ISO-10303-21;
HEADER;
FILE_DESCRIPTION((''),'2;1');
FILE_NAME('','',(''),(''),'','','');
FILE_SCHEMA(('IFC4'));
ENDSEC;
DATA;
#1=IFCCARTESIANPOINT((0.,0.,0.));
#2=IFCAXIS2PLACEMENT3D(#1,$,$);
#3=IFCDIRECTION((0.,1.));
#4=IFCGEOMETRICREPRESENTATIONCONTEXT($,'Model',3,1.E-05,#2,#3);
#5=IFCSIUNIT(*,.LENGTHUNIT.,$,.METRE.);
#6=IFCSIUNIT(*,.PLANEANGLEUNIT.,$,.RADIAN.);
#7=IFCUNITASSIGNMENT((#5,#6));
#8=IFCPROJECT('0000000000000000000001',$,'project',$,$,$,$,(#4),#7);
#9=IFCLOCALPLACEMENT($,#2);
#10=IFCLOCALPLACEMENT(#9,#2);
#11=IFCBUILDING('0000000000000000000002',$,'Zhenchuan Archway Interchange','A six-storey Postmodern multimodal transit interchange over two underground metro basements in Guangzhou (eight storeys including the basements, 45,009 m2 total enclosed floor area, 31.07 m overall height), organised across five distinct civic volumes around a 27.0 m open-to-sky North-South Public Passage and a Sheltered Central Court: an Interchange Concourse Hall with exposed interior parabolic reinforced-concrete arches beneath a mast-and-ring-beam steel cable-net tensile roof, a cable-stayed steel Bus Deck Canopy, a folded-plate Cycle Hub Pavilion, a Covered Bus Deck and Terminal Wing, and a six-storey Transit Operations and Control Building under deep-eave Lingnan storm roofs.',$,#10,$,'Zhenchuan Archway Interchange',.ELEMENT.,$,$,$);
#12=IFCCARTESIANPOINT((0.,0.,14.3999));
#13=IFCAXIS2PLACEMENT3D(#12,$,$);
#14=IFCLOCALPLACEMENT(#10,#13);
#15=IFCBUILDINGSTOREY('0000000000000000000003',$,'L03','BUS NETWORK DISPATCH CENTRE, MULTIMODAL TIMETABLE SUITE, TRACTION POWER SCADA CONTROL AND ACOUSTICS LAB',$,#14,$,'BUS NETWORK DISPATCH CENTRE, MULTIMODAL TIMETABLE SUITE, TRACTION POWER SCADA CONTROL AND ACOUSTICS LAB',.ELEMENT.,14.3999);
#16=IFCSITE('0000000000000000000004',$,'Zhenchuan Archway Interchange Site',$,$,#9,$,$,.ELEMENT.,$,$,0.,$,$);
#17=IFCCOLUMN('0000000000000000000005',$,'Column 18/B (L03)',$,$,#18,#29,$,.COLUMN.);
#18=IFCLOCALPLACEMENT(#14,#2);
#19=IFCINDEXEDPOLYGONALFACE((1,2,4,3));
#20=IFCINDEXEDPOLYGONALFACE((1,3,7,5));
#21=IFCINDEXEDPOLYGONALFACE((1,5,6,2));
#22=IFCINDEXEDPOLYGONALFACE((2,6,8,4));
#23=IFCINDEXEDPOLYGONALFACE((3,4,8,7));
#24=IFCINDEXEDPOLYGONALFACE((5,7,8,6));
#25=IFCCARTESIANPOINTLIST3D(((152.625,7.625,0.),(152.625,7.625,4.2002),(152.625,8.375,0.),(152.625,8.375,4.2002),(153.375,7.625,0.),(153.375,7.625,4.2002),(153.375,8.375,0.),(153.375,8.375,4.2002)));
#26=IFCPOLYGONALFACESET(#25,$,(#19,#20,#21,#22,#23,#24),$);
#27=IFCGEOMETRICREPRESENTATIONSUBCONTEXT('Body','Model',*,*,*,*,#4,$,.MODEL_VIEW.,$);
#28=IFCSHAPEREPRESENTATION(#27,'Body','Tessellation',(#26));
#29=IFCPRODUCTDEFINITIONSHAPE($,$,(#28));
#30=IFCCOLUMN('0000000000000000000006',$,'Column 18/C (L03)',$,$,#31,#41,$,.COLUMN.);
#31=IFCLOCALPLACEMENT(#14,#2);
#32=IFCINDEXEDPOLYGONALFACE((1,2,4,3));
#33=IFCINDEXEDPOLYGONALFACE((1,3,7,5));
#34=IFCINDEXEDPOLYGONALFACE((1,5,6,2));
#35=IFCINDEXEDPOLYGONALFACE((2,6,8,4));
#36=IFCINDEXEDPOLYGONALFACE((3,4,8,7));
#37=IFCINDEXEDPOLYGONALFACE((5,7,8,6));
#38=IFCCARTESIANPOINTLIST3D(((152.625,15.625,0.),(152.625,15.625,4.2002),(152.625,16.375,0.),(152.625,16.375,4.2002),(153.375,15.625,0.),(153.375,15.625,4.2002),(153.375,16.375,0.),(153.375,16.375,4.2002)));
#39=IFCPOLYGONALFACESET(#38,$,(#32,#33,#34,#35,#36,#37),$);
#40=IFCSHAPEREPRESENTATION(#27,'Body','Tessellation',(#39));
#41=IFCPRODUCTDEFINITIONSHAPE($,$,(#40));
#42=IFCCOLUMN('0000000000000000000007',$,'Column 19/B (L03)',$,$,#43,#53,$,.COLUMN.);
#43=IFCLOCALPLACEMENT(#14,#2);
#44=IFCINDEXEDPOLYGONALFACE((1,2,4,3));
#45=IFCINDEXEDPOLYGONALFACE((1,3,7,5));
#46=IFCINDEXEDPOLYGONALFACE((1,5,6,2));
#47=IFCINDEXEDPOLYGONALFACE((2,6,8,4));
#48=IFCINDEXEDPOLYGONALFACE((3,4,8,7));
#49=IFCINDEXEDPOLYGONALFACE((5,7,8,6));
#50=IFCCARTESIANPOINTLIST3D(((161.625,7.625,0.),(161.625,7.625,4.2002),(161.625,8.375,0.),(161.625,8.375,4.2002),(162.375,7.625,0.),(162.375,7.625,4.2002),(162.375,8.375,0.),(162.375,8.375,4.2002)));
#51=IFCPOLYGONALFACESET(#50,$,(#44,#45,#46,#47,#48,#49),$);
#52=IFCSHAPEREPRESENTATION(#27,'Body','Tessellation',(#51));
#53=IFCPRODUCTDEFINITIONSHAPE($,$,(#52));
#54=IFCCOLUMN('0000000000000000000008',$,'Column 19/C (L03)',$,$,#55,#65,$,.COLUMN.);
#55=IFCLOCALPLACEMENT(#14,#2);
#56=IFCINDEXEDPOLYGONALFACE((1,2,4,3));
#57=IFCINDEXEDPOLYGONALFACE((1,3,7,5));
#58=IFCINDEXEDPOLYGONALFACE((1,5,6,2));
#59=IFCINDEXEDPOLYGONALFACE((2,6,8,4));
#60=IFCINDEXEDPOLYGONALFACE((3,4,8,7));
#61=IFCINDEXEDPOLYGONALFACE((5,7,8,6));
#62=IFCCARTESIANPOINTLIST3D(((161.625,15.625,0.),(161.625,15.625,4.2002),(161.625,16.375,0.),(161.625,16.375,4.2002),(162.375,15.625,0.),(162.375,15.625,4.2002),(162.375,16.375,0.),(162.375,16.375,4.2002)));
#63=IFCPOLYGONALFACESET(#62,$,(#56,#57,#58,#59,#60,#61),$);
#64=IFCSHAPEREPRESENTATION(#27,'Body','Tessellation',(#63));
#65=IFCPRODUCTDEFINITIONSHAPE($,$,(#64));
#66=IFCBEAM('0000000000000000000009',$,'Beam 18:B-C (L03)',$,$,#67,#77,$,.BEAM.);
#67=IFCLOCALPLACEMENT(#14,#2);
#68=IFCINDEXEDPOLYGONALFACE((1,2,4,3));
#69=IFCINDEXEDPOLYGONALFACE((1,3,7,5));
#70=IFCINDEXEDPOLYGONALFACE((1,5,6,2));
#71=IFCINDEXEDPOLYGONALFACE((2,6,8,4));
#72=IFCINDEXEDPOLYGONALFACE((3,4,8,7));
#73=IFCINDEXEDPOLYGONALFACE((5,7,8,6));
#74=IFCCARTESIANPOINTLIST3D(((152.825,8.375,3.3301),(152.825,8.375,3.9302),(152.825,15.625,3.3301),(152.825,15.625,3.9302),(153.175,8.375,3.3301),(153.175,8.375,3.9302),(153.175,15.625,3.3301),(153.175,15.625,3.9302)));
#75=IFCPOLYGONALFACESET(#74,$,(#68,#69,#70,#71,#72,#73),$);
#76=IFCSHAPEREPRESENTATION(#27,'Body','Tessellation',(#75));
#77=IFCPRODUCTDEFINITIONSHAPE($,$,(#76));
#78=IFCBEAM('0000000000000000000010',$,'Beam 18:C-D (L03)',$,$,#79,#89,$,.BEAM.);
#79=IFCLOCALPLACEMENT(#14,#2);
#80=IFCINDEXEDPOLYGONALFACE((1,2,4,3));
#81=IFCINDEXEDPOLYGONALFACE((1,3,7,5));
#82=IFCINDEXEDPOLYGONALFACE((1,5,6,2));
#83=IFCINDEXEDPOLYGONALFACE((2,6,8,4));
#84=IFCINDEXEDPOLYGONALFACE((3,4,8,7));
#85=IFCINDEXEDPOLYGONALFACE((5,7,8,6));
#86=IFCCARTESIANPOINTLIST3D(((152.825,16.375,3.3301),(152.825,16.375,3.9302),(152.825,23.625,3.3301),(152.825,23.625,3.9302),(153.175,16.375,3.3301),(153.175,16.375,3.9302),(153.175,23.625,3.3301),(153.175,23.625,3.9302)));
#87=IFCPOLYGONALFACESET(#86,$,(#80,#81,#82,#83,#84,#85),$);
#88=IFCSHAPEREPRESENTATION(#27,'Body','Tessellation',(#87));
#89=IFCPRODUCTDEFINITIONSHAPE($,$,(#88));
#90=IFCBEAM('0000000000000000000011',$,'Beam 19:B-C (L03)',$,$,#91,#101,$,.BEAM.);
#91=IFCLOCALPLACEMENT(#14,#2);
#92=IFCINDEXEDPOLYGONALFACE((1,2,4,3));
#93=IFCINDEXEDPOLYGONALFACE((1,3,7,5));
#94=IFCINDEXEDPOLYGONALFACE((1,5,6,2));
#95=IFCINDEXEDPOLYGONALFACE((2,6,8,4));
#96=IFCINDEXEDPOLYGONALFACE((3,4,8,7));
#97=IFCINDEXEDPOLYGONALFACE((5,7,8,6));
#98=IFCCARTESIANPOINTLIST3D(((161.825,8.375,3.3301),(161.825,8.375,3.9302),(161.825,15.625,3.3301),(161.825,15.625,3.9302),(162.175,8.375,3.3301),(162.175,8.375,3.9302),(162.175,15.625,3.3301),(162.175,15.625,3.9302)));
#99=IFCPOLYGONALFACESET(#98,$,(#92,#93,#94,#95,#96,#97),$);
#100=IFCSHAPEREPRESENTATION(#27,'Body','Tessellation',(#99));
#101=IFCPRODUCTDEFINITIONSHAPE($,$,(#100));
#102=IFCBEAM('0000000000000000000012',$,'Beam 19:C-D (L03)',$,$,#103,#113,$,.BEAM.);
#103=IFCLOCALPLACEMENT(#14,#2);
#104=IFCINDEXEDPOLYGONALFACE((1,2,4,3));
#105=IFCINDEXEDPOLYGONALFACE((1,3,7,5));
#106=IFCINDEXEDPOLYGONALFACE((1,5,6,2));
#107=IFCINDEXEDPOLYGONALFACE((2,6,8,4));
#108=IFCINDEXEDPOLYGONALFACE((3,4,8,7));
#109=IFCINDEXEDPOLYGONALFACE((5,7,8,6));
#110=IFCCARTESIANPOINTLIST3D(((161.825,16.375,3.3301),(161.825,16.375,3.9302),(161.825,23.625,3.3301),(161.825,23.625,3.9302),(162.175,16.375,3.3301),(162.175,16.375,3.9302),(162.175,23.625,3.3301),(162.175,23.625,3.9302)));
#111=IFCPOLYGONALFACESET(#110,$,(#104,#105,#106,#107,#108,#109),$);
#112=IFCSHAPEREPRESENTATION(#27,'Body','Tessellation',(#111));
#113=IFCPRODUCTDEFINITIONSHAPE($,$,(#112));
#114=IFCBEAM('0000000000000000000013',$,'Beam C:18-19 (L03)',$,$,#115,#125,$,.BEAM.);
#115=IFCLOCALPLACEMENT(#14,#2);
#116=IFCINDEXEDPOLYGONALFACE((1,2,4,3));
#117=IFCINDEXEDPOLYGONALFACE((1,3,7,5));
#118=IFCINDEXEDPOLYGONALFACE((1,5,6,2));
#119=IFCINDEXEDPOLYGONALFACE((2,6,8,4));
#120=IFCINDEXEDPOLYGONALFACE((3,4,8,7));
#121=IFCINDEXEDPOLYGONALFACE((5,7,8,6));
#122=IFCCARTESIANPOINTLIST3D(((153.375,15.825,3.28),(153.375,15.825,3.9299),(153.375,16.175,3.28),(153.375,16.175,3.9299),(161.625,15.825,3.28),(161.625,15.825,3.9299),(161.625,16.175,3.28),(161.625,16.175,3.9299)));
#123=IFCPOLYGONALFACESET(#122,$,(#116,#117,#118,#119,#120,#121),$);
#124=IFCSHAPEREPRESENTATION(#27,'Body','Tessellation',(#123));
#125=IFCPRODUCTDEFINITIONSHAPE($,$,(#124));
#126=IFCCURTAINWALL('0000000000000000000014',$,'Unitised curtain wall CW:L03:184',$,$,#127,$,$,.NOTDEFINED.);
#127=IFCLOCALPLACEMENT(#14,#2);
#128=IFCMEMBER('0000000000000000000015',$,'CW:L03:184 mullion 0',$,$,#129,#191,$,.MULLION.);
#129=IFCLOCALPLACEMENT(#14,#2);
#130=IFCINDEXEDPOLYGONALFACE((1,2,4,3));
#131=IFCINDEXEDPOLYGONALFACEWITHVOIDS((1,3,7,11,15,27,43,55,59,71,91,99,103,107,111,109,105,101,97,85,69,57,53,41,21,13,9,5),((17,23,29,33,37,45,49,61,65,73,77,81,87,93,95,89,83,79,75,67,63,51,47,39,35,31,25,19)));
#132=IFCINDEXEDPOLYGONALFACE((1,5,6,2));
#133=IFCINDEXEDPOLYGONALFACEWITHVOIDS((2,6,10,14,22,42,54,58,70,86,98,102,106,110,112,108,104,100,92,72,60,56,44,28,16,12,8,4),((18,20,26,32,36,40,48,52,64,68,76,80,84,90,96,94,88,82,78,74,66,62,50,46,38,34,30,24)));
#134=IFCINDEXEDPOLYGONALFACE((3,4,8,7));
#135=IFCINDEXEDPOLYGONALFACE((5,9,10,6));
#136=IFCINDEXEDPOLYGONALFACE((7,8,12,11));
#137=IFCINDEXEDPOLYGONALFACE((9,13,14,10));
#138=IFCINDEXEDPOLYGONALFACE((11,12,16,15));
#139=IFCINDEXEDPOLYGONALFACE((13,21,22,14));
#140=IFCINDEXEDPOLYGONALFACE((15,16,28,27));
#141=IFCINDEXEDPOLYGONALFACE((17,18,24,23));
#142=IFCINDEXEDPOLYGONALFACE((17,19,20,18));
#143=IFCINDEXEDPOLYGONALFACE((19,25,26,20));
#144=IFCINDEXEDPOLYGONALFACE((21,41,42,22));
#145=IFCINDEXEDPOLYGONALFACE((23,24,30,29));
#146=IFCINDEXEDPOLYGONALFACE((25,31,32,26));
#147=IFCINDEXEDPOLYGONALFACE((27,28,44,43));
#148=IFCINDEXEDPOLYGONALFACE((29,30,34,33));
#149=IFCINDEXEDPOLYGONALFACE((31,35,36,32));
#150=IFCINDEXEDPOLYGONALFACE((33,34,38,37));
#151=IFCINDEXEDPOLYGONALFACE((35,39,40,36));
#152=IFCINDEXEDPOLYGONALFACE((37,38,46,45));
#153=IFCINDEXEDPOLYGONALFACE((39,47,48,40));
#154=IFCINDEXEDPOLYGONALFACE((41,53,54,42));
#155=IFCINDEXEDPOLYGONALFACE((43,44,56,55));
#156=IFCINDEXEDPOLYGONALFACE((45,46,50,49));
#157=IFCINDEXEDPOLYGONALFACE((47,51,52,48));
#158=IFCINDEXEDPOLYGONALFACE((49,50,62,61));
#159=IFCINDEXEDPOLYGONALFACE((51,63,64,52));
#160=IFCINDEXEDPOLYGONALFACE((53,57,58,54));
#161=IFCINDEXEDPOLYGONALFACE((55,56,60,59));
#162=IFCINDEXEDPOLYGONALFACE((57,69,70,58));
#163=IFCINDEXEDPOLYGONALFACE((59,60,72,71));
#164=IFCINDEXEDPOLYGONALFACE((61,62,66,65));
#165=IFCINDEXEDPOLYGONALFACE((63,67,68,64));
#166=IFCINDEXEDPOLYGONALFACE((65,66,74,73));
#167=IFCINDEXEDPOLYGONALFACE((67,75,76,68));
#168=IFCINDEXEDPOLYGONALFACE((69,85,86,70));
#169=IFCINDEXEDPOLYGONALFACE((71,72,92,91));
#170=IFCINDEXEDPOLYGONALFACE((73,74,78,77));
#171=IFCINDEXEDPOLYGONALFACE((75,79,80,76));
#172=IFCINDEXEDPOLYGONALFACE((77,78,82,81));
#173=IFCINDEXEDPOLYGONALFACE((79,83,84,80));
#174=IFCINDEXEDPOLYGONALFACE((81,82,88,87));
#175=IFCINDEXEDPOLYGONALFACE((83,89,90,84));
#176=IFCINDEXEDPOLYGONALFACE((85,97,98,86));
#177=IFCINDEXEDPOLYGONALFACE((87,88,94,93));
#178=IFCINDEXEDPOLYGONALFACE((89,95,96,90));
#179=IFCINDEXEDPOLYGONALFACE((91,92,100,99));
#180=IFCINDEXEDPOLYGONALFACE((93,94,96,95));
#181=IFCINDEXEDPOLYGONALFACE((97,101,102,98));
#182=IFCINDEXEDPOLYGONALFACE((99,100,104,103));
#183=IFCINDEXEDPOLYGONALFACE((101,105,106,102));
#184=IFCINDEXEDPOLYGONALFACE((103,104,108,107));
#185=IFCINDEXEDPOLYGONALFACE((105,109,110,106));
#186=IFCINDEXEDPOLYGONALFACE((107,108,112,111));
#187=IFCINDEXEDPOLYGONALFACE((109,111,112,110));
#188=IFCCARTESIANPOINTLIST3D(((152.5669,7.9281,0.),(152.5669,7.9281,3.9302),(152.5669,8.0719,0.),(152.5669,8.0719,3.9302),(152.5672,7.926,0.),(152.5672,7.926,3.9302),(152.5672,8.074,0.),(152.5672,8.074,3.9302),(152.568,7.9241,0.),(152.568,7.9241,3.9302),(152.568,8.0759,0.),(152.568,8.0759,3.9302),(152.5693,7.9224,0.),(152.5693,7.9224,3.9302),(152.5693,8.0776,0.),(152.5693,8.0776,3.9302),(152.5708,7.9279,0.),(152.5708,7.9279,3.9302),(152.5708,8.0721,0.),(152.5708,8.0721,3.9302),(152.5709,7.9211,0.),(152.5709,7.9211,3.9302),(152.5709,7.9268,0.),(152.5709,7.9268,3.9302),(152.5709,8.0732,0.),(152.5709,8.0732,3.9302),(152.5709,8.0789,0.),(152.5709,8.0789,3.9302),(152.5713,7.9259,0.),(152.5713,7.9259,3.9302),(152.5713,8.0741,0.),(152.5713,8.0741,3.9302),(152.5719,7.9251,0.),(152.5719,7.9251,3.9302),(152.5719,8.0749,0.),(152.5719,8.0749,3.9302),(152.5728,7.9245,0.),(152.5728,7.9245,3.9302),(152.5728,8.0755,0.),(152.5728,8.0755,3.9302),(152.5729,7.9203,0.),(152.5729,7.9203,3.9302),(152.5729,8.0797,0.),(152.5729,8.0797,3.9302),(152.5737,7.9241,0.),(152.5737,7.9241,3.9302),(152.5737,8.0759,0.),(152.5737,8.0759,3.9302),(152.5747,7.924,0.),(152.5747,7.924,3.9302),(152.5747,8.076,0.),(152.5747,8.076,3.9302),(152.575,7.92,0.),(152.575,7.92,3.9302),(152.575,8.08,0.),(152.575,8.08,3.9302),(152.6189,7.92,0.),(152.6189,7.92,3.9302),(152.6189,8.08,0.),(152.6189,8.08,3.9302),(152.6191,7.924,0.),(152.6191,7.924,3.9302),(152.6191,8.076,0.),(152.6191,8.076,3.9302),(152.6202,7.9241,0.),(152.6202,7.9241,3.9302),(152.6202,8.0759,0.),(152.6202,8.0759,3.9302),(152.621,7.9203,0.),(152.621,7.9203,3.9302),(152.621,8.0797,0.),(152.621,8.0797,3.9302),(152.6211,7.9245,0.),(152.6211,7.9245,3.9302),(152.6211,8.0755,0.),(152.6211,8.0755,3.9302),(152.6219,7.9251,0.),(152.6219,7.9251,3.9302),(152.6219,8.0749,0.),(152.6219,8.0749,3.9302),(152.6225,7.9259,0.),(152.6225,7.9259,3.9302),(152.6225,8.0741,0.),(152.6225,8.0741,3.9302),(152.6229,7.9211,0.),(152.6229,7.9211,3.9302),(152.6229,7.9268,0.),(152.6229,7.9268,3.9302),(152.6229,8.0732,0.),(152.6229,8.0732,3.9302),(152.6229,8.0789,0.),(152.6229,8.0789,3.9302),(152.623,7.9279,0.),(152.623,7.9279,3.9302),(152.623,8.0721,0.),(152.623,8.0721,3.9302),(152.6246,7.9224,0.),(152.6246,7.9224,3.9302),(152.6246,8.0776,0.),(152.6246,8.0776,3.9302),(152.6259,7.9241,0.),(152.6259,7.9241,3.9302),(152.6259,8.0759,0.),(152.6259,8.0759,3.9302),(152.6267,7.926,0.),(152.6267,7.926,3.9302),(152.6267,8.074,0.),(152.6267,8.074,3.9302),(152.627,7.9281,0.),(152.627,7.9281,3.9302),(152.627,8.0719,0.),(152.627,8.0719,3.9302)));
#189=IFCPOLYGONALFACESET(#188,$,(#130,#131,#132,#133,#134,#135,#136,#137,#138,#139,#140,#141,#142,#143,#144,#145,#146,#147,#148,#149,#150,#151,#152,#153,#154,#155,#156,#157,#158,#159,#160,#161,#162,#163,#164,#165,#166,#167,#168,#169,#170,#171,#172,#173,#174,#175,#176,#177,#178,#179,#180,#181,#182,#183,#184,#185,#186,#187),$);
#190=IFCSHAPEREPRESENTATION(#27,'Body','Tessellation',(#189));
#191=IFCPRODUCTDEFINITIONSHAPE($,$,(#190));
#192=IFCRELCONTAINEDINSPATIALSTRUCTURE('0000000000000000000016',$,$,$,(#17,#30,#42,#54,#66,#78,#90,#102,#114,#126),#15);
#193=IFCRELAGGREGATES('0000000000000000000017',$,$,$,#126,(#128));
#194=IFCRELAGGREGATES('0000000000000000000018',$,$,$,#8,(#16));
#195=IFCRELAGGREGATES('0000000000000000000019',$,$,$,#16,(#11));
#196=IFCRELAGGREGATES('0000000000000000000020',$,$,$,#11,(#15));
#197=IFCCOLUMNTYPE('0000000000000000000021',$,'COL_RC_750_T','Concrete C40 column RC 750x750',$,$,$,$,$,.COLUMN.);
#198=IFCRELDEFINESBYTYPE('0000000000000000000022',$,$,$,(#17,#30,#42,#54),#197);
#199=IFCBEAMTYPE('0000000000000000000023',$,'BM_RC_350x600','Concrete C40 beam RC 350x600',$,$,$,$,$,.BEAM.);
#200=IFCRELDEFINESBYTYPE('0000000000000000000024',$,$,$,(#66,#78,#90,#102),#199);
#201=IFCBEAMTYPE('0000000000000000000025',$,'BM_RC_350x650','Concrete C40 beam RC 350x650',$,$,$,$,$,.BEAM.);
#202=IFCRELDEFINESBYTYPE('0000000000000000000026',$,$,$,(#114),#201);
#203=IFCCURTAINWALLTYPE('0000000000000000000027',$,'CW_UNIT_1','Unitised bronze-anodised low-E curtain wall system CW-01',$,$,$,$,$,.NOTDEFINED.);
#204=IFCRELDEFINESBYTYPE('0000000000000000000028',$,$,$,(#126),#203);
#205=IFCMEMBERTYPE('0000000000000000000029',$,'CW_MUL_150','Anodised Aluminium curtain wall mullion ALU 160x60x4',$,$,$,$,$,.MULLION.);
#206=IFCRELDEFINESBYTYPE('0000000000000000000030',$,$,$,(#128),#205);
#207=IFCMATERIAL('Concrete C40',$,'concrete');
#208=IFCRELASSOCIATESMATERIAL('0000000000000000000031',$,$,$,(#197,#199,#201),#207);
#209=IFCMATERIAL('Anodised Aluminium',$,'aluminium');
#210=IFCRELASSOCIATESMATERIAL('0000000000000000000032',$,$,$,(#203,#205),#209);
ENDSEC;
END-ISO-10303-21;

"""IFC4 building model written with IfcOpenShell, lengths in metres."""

from ifc_helpers import new_model, si_unit, direction, frame, origin, origin_2d, place, context, subcontext, project, spatial, rectangle, hollow_rectangle, extrude, material, material_profile, profile_set, type_object, element, aggregate, save


model = new_model("IFC4")

# Units and contexts
model_context = context("Model", 3, precision=1e-05, world=origin(), true_north=direction((0.0, 1.0)))
body_context = subcontext(model_context, "Body", "Model", "MODEL_VIEW")
ifc_project = project(units=[si_unit("LENGTHUNIT", "METRE"), si_unit("PLANEANGLEUNIT", "RADIAN")], contexts=[model_context])

# Site, building, storey
site_placement = place(None, origin())
site = spatial("IfcSite", under=ifc_project, at=site_placement, Name="Zhenchuan Archway Interchange Site", CompositionType="ELEMENT", RefElevation=0.0)
building_placement = place(site_placement, origin())
building = spatial("IfcBuilding", under=site, at=building_placement, Name="Zhenchuan Archway Interchange", Description="A six-storey Postmodern multimodal transit interchange over two underground metro basements in Guangzhou (eight storeys including the basements, 45,009 m2 total enclosed floor area, 31.07 m overall height), organised across five distinct civic volumes around a 27.0 m open-to-sky North-South Public Passage and a Sheltered Central Court: an Interchange Concourse Hall with exposed interior parabolic reinforced-concrete arches beneath a mast-and-ring-beam steel cable-net tensile roof, a cable-stayed steel Bus Deck Canopy, a folded-plate Cycle Hub Pavilion, a Covered Bus Deck and Terminal Wing, and a six-storey Transit Operations and Control Building under deep-eave Lingnan storm roofs.", LongName="Zhenchuan Archway Interchange", CompositionType="ELEMENT")
storey_placement = place(building_placement, frame((0.0, 0.0, 14.3999)))
storey = spatial("IfcBuildingStorey", under=building, at=storey_placement, Name="L03", Description="BUS NETWORK DISPATCH CENTRE, MULTIMODAL TIMETABLE SUITE, TRACTION POWER SCADA CONTROL AND ACOUSTICS LAB", LongName="BUS NETWORK DISPATCH CENTRE, MULTIMODAL TIMETABLE SUITE, TRACTION POWER SCADA CONTROL AND ACOUSTICS LAB", CompositionType="ELEMENT", Elevation=14.3999)

# Columns
ifc_material_1 = material(Name="Concrete C40", Category="concrete")
ifc_material_profile_1 = material_profile(ifc_material_1, rectangle(XDim=0.75, YDim=0.75, at=origin_2d()), Name="RC 750x750")
ifc_profile_set_1 = profile_set([ifc_material_profile_1], Name="Concrete C40")
column_type = type_object("IfcColumnType", Name="COL_RC_750_T", Description="Concrete C40 column RC 750x750", PredefinedType="COLUMN", material=ifc_profile_set_1)
for number, where, z_axis, x_axis, name in (
    (1, (153.0, 8.0, 0.0), (0.0, 0.0, 1.0), (1.0, 0.0, 0.0), "Column 18/B (L03)"),
    (2, (153.0, 16.0, 0.0), (0.0, 0.0, 1.0), (1.0, 0.0, 0.0), "Column 18/C (L03)"),
    (3, (162.0, 8.0, 0.0), (0.0, 0.0, 1.0), (1.0, 0.0, 0.0), "Column 19/B (L03)"),
    (4, (162.0, 16.0, 0.0), (0.0, 0.0, 1.0), (1.0, 0.0, 0.0), "Column 19/C (L03)"),
):
    element("IfcColumn", number, at=place(storey_placement, frame(where, z_axis=z_axis, x_axis=x_axis)), inside=storey, type_object=column_type, Name=name, PredefinedType="COLUMN", context=body_context, shape_type="SweptSolid", body=[
        extrude(rectangle(XDim=0.75, YDim=0.75, at=origin_2d()), origin(), (0.0, 0.0, 1.0), 4.2002),
    ])

# Beams
ifc_material_profile_2 = material_profile(ifc_material_1, rectangle(XDim=0.3501, YDim=0.6001, at=origin_2d()), Name="RC 350x600")
ifc_profile_set_2 = profile_set([ifc_material_profile_2], Name="Concrete C40")
beam_type_1 = type_object("IfcBeamType", Name="BM_RC_350x600", Description="Concrete C40 beam RC 350x600", PredefinedType="BEAM", material=ifc_profile_set_2)
for number, where, z_axis, x_axis, name in (
    (5, (153.0, 8.375, 3.6301), (0.0, 1.0, 0.0), (-1.0, 0.0, 0.0), "Beam 18:B-C (L03)"),
    (6, (153.0, 16.375, 3.6301), (0.0, 1.0, 0.0), (-1.0, 0.0, 0.0), "Beam 18:C-D (L03)"),
    (7, (162.0, 8.375, 3.6301), (0.0, 1.0, 0.0), (-1.0, 0.0, 0.0), "Beam 19:B-C (L03)"),
    (8, (162.0, 16.375, 3.6301), (0.0, 1.0, 0.0), (-1.0, 0.0, 0.0), "Beam 19:C-D (L03)"),
):
    element("IfcBeam", number, at=place(storey_placement, frame(where, z_axis=z_axis, x_axis=x_axis)), inside=storey, type_object=beam_type_1, Name=name, PredefinedType="BEAM", context=body_context, shape_type="SweptSolid", body=[
        extrude(rectangle(XDim=0.3501, YDim=0.6001, at=origin_2d()), origin(), (0.0, 0.0, 1.0), 7.25),
    ])
ifc_material_profile_3 = material_profile(ifc_material_1, rectangle(XDim=0.3501, YDim=0.6499, at=origin_2d()), Name="RC 350x650")
ifc_profile_set_3 = profile_set([ifc_material_profile_3], Name="Concrete C40")
beam_type_2 = type_object("IfcBeamType", Name="BM_RC_350x650", Description="Concrete C40 beam RC 350x650", PredefinedType="BEAM", material=ifc_profile_set_3)
beam_1_placement = place(storey_placement, frame((153.375, 16.0, 3.605), z_axis=(1.0, 0.0, 0.0), x_axis=(0.0, 1.0, 0.0)))
element("IfcBeam", 9, at=beam_1_placement, inside=storey, type_object=beam_type_2, Name="Beam C:18-19 (L03)", PredefinedType="BEAM", context=body_context, shape_type="SweptSolid", body=[
    extrude(rectangle(XDim=0.3501, YDim=0.6499, at=origin_2d()), origin(), (0.0, 0.0, 1.0), 8.25),
])

# Curtain wall, member
ifc_material_2 = material(Name="Anodised Aluminium", Category="aluminium")
curtain_wall_type = type_object("IfcCurtainWallType", Name="CW_UNIT_1", Description="Unitised bronze-anodised low-E curtain wall system CW-01", PredefinedType="NOTDEFINED", material=ifc_material_2)
curtain_wall_placement = place(storey_placement, origin())
curtain_wall = element("IfcCurtainWall", 10, at=curtain_wall_placement, inside=storey, type_object=curtain_wall_type, Name="Unitised curtain wall CW:L03:184", PredefinedType="NOTDEFINED")
ifc_material_profile_4 = material_profile(ifc_material_2, hollow_rectangle(XDim=0.0601, YDim=0.1599, WallThickness=0.0039, InnerFilletRadius=0.0039, OuterFilletRadius=0.0081, at=origin_2d()), Name="ALU 160x60x4")
ifc_profile_set_4 = profile_set([ifc_material_profile_4], Name="Anodised Aluminium")
member_type_1 = type_object("IfcMemberType", Name="CW_MUL_150", Description="Anodised Aluminium curtain wall mullion ALU 160x60x4", PredefinedType="MULLION", material=ifc_profile_set_4)
member_1_placement = place(storey_placement, frame((152.5969, 8.0, 0.0), z_axis=(0.0, 0.0, 1.0), x_axis=(1.0, 0.0, 0.0)))
member_1 = element("IfcMember", 11, at=member_1_placement, type_object=member_type_1, Name="CW:L03:184 mullion 0", PredefinedType="MULLION", context=body_context, shape_type="SweptSolid", body=[
    extrude(hollow_rectangle(XDim=0.0601, YDim=0.1599, WallThickness=0.0039, InnerFilletRadius=0.0039, OuterFilletRadius=0.0081, at=origin_2d()), origin(), (0.0, 0.0, 1.0), 3.9302),
])

aggregate(curtain_wall, [member_1])

save(model, "model.ifc")
